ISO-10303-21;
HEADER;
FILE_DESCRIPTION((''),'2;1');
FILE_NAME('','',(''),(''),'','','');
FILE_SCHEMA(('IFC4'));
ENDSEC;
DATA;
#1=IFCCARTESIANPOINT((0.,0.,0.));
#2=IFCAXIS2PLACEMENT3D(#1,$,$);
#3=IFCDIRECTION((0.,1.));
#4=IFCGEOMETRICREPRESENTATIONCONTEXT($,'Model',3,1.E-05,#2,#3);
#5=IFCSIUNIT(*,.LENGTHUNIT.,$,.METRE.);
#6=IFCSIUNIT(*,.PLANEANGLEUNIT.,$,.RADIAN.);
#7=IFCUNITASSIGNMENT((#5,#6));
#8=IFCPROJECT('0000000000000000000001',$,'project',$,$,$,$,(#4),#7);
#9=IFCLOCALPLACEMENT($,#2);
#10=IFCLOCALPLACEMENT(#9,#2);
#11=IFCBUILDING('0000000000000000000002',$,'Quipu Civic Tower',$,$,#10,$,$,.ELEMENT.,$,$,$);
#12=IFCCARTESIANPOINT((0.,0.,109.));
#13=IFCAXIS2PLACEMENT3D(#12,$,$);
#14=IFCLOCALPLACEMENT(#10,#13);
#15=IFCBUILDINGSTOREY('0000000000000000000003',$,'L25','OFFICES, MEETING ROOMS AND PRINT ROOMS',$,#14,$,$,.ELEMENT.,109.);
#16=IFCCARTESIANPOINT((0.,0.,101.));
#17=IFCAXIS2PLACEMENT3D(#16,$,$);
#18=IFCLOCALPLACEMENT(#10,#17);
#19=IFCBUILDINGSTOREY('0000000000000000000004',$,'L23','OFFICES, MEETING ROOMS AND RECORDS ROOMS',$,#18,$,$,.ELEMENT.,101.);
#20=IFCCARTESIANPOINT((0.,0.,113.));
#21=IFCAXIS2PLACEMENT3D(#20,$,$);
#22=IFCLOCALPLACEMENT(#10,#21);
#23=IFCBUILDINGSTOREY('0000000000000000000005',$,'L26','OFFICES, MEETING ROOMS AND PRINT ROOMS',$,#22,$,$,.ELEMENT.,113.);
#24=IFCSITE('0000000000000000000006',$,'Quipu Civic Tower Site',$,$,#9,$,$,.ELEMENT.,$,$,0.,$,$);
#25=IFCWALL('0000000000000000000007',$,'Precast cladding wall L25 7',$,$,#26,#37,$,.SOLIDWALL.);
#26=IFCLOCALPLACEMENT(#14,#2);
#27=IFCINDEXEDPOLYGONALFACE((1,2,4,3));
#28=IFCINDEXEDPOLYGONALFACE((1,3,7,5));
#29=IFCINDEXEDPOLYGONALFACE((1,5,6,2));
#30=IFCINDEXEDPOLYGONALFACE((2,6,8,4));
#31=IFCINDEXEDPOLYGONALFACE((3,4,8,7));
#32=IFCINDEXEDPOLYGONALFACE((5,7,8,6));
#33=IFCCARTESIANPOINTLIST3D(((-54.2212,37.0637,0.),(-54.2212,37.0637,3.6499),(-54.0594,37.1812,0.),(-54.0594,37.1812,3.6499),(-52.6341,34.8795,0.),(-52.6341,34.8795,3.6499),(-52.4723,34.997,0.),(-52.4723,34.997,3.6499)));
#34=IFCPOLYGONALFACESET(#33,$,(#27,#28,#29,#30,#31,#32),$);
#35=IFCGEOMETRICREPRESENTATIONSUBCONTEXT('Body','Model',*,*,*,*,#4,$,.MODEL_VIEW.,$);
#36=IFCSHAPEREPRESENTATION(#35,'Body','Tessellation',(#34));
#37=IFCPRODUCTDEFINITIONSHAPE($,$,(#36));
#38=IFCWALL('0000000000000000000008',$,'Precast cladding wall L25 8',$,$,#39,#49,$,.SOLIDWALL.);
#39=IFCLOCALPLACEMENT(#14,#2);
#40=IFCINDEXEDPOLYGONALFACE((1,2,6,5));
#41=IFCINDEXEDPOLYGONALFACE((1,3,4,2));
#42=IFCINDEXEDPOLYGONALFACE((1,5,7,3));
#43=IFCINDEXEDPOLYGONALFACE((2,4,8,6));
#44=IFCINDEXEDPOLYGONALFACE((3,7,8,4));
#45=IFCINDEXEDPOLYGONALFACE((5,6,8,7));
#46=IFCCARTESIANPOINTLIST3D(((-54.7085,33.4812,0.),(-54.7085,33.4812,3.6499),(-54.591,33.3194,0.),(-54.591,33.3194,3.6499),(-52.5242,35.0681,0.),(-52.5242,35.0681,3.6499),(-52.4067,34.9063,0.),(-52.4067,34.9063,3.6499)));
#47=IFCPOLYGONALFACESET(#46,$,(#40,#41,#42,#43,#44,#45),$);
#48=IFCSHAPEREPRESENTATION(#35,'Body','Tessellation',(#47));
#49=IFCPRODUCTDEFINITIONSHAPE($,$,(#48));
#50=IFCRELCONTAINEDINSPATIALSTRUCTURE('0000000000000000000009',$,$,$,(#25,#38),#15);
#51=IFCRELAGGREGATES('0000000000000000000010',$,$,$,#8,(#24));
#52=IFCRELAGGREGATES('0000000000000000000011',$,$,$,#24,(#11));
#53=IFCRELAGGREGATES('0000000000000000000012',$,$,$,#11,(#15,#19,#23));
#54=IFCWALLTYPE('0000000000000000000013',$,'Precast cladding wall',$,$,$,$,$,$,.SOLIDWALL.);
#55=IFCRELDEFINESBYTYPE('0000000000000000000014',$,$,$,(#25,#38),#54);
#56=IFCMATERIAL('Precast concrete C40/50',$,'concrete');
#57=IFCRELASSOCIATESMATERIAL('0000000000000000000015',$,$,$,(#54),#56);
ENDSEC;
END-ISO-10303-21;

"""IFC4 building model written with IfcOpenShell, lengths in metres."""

from ifc_helpers import new_model, si_unit, direction, frame, frame_2d, origin, place, context, subcontext, project, spatial, rectangle, extrude, material, type_object, element, save


model = new_model("IFC4")

# Units and contexts
model_context = context("Model", 3, precision=1e-05, world=origin(), true_north=direction((0.0, 1.0)))
body_context = subcontext(model_context, "Body", "Model", "MODEL_VIEW")
ifc_project = project(units=[si_unit("LENGTHUNIT", "METRE"), si_unit("PLANEANGLEUNIT", "RADIAN")], contexts=[model_context])

# Site, building, storey
site_placement = place(None, origin())
site = spatial("IfcSite", under=ifc_project, at=site_placement, Name="Quipu Civic Tower Site", CompositionType="ELEMENT", RefElevation=0.0)
building_placement = place(site_placement, origin())
building = spatial("IfcBuilding", under=site, at=building_placement, Name="Quipu Civic Tower", CompositionType="ELEMENT")
storey_1_placement = place(building_placement, frame((0.0, 0.0, 109.0)))
storey_1 = spatial("IfcBuildingStorey", under=building, at=storey_1_placement, Name="L25", Description="OFFICES, MEETING ROOMS AND PRINT ROOMS", CompositionType="ELEMENT", Elevation=109.0)

# Shared definitions
storey_2_placement = place(building_placement, frame((0.0, 0.0, 101.0)))
storey_2 = spatial("IfcBuildingStorey", under=building, at=storey_2_placement, Name="L23", Description="OFFICES, MEETING ROOMS AND RECORDS ROOMS", CompositionType="ELEMENT", Elevation=101.0)

# Shared definitions
storey_3_placement = place(building_placement, frame((0.0, 0.0, 113.0)))
storey_3 = spatial("IfcBuildingStorey", under=building, at=storey_3_placement, Name="L26", Description="OFFICES, MEETING ROOMS AND PRINT ROOMS", CompositionType="ELEMENT", Elevation=113.0)

# Walls
ifc_material_1 = material(Name="Precast concrete C40/50", Category="concrete")
wall_type_1 = type_object("IfcWallType", Name="Precast cladding wall", PredefinedType="SOLIDWALL", material=ifc_material_1)
for number, where, z_axis, x_axis, name in (
    (1, (-54.1404, 37.1226, 0.0), (0.0, 0.0, 1.0), (0.587822, -0.80899, 0.0), "Precast cladding wall L25 7"),
    (2, (-52.4653, 34.9873, 0.0), (0.0, 0.0, 1.0), (-0.809033, -0.587763, 0.0), "Precast cladding wall L25 8"),
):
    element("IfcWall", number, at=place(storey_1_placement, frame(where, z_axis=z_axis, x_axis=x_axis)), inside=storey_1, type_object=wall_type_1, Name=name, PredefinedType="SOLIDWALL", context=body_context, shape_type="SweptSolid", body=[
        extrude(rectangle(XDim=2.7, YDim=0.2, at=frame_2d((1.3501, 0.0))), origin(), (0.0, 0.0, 1.0), 3.6499),
    ])

save(model, "model.ifc")
